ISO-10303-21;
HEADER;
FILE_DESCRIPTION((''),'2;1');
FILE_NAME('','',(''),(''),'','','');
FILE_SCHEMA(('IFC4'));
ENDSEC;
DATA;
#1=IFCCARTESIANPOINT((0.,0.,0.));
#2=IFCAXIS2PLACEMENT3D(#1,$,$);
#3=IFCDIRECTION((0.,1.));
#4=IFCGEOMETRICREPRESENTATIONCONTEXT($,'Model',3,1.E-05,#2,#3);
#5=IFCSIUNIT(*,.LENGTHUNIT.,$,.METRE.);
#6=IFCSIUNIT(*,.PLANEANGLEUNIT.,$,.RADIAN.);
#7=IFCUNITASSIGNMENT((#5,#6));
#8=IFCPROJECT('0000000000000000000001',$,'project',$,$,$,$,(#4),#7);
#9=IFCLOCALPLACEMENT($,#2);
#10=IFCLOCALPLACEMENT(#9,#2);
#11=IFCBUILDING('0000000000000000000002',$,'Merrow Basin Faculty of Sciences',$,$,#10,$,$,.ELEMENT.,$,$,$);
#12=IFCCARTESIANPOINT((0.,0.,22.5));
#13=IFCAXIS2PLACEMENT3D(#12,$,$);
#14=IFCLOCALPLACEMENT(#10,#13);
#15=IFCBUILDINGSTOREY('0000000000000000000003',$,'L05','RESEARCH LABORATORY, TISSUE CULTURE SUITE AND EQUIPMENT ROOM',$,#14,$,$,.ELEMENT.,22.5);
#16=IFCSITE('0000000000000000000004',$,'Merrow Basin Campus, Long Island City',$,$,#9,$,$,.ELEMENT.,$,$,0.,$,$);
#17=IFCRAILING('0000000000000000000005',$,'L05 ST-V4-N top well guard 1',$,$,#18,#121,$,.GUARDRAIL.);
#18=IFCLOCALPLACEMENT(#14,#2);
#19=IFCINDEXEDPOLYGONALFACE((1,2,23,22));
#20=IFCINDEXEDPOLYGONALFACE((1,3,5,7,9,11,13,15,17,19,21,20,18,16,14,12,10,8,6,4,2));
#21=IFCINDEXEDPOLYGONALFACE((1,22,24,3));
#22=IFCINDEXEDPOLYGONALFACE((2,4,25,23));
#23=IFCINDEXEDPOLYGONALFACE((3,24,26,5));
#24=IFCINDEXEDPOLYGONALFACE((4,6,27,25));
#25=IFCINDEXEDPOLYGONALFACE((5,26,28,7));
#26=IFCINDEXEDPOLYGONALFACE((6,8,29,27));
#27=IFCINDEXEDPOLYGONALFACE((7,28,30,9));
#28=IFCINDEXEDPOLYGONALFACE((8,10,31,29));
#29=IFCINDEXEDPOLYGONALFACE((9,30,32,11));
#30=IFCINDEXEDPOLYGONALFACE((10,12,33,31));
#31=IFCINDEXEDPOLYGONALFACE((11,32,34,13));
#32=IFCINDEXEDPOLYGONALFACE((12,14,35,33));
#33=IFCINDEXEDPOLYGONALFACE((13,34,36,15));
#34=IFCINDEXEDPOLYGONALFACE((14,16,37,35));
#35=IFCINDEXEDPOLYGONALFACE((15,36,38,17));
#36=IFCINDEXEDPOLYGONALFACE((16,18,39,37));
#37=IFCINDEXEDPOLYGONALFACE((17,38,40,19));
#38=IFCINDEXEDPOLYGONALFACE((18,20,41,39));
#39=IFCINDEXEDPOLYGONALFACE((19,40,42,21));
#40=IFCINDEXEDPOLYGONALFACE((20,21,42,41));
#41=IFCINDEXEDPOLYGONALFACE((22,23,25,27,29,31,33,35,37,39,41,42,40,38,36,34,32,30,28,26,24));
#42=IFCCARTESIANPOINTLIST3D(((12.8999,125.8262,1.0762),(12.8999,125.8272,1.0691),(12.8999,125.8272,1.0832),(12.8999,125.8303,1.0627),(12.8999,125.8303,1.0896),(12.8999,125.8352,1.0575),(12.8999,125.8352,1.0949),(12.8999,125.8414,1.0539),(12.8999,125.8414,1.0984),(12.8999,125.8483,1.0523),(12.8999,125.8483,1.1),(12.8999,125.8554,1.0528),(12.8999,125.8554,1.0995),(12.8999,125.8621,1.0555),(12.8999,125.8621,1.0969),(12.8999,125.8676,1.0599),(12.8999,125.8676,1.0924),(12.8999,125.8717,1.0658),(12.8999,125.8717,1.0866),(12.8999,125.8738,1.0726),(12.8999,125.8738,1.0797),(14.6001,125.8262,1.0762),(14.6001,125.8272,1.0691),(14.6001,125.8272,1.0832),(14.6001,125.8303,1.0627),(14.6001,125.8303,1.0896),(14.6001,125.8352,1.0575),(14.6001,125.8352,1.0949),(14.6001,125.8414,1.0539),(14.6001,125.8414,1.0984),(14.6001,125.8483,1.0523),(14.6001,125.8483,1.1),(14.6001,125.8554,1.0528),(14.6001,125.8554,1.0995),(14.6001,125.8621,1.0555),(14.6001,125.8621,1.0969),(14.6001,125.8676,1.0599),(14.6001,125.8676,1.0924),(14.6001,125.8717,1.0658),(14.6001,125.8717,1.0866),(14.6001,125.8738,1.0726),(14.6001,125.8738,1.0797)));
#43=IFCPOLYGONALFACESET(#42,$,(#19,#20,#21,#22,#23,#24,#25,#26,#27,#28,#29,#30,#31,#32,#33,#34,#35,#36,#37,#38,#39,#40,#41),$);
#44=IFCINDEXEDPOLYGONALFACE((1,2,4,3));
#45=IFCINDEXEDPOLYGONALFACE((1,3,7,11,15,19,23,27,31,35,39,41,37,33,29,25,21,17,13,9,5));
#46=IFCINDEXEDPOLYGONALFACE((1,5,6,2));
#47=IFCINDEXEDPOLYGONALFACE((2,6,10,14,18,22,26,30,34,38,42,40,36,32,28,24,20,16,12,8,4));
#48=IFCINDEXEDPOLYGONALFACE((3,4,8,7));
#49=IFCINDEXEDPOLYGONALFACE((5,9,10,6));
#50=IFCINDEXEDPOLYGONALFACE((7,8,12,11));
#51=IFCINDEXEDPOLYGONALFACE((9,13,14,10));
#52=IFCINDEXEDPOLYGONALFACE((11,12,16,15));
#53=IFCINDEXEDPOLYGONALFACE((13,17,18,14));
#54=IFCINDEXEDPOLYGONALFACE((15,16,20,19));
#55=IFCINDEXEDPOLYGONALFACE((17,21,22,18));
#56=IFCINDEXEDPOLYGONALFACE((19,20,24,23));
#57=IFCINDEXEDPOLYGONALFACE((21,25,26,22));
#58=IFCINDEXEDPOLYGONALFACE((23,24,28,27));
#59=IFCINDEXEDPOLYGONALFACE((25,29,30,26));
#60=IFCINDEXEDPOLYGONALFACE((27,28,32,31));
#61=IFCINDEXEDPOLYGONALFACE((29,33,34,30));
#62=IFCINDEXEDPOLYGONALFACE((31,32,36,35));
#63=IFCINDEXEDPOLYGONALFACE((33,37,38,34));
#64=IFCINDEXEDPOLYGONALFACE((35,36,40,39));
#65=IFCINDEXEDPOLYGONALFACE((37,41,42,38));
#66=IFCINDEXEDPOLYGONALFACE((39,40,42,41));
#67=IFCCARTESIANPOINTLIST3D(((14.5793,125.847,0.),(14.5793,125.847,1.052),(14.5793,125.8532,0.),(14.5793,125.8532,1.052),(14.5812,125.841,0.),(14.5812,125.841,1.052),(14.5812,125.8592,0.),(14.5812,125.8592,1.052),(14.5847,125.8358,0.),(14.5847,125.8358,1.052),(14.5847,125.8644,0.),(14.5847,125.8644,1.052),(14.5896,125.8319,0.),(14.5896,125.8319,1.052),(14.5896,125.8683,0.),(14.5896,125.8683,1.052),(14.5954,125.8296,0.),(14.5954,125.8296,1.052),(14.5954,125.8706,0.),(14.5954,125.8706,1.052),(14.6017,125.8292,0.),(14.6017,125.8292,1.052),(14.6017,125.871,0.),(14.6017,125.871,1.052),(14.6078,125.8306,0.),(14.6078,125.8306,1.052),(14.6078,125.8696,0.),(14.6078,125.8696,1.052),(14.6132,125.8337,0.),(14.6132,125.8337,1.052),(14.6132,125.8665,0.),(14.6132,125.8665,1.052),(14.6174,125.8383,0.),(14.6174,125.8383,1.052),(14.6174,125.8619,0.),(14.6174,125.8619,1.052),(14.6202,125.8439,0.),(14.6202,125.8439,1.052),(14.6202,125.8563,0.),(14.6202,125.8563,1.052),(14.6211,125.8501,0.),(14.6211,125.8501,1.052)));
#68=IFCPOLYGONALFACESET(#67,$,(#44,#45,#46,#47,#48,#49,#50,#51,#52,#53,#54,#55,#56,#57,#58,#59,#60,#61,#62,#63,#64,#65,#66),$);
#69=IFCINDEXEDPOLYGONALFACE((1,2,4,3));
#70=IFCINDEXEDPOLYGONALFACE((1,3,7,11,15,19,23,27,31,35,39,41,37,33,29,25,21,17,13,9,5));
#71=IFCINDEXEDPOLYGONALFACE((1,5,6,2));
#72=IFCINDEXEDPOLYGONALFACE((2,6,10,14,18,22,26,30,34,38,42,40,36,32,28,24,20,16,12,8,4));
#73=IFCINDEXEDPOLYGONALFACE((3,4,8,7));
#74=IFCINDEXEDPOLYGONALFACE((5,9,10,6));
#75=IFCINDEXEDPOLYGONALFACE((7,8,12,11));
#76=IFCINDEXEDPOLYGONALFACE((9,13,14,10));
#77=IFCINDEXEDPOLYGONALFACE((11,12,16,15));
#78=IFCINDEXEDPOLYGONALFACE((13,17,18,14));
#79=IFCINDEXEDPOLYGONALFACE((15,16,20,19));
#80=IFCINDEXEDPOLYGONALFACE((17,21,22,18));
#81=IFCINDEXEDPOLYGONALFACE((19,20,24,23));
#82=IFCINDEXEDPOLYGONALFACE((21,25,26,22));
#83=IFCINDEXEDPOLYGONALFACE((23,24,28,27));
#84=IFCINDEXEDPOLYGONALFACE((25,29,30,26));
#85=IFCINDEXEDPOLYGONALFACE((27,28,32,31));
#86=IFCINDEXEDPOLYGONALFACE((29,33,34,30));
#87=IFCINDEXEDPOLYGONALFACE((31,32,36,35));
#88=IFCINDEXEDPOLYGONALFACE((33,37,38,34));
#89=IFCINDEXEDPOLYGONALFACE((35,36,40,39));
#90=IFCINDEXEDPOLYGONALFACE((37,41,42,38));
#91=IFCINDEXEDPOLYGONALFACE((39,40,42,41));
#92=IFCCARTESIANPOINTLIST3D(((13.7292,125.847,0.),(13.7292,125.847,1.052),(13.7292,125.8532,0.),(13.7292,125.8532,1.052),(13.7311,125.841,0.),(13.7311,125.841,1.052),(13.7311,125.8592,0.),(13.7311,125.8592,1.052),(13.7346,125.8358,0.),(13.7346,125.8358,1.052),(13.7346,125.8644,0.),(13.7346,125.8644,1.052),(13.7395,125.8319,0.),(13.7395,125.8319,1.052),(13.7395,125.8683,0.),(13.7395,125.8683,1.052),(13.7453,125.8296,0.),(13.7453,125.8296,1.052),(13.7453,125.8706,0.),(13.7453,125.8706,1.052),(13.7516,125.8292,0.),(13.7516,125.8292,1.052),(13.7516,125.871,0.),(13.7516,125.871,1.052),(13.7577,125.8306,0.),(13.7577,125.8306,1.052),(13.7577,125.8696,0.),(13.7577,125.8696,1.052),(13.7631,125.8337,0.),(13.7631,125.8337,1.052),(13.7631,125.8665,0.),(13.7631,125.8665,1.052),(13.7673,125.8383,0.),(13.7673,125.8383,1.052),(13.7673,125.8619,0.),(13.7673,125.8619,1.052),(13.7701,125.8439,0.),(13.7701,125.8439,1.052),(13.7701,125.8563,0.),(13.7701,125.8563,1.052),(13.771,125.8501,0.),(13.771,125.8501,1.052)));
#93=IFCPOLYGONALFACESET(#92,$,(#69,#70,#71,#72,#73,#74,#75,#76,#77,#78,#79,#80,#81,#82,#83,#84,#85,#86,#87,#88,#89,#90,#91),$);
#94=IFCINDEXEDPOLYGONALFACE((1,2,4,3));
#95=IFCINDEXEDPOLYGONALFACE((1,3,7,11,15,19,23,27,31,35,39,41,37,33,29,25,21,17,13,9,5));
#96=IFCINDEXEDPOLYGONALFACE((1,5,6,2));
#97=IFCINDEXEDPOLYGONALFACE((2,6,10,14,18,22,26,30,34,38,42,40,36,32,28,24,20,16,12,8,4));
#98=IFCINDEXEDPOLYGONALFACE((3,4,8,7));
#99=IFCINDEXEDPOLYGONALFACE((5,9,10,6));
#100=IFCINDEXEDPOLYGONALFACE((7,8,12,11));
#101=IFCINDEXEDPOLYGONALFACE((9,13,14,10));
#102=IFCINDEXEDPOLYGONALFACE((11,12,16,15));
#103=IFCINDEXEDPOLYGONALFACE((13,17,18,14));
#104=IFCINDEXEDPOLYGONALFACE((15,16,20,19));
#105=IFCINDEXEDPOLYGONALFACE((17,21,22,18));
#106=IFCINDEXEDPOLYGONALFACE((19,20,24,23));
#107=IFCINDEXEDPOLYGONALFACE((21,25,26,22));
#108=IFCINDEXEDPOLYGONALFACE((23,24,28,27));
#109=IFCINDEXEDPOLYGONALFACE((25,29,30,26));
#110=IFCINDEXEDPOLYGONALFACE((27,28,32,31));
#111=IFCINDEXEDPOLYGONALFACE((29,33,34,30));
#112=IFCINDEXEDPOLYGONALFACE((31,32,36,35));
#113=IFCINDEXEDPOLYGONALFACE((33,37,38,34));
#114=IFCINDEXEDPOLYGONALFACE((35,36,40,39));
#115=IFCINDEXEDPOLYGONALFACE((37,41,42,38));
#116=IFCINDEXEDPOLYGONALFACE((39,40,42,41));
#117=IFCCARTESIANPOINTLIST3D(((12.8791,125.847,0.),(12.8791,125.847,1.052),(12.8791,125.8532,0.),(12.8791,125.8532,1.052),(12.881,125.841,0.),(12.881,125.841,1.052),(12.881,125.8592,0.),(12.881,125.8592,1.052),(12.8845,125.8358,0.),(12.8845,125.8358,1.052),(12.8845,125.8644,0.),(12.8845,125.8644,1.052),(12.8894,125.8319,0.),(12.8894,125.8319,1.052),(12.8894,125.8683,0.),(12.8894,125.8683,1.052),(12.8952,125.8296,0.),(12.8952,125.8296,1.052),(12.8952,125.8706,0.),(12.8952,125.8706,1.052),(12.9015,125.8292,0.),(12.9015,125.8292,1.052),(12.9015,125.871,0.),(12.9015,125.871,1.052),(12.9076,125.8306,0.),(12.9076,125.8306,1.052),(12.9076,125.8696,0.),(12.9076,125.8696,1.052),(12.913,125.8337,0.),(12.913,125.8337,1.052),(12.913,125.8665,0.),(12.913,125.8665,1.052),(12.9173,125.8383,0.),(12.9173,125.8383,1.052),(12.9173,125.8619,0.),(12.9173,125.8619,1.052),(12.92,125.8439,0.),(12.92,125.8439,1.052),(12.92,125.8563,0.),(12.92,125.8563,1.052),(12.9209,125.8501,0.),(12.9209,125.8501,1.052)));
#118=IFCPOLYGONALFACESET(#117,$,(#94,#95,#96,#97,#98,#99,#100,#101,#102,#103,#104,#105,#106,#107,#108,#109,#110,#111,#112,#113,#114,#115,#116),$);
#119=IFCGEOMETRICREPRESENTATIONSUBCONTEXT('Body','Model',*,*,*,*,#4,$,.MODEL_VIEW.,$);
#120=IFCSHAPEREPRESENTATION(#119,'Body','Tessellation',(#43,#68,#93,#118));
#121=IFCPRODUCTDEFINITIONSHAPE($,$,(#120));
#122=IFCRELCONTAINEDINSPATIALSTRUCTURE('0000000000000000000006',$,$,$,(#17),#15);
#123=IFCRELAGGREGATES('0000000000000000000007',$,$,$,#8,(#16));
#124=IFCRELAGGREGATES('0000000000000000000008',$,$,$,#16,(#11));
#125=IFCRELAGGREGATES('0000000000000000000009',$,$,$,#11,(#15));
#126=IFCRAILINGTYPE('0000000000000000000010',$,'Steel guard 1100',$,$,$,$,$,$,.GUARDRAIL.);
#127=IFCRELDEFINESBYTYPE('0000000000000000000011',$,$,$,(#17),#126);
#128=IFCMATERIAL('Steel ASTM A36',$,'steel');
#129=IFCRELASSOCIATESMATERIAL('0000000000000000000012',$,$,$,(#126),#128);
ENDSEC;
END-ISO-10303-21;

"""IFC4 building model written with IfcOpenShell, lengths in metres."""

from ifc_helpers import new_model, si_unit, direction, frame, origin, origin_2d, place, context, subcontext, project, spatial, circle, extrude, material, type_object, element, save


model = new_model("IFC4")

# Units and contexts
model_context = context("Model", 3, precision=1e-05, world=origin(), true_north=direction((0.0, 1.0)))
body_context = subcontext(model_context, "Body", "Model", "MODEL_VIEW")
ifc_project = project(units=[si_unit("LENGTHUNIT", "METRE"), si_unit("PLANEANGLEUNIT", "RADIAN")], contexts=[model_context])

# Site, building, storey
site_placement = place(None, origin())
site = spatial("IfcSite", under=ifc_project, at=site_placement, Name="Merrow Basin Campus, Long Island City", CompositionType="ELEMENT", RefElevation=0.0)
building_placement = place(site_placement, origin())
building = spatial("IfcBuilding", under=site, at=building_placement, Name="Merrow Basin Faculty of Sciences", CompositionType="ELEMENT")
storey_placement = place(building_placement, frame((0.0, 0.0, 22.5)))
storey = spatial("IfcBuildingStorey", under=building, at=storey_placement, Name="L05", Description="RESEARCH LABORATORY, TISSUE CULTURE SUITE AND EQUIPMENT ROOM", CompositionType="ELEMENT", Elevation=22.5)

# Railing
ifc_material_1 = material(Name="Steel ASTM A36", Category="steel")
railing_type = type_object("IfcRailingType", Name="Steel guard 1100", PredefinedType="GUARDRAIL", material=ifc_material_1)
railing_1_placement = place(storey_placement, frame((14.6001, 125.8501, 0.0)))
element("IfcRailing", 1, at=railing_1_placement, inside=storey, type_object=railing_type, Name="L05 ST-V4-N top well guard 1", PredefinedType="GUARDRAIL", context=body_context, shape_type="SweptSolid", body=[
    extrude(circle(Radius=0.0239, at=origin_2d()), frame((0.0, 0.0, 1.0762), z_axis=(-1.0, 0.0, 0.0), x_axis=(0.0, -1.0, 0.0)), (0.0, 0.0, 1.0), 1.7002),
    extrude(circle(Radius=0.021, at=origin_2d()), origin(), (0.0, 0.0, 1.0), 1.052),
    extrude(circle(Radius=0.021, at=origin_2d()), frame((-0.8501, 0.0, 0.0)), (0.0, 0.0, 1.0), 1.052),
    extrude(circle(Radius=0.021, at=origin_2d()), frame((-1.7002, 0.0, 0.0)), (0.0, 0.0, 1.0), 1.052),
])

save(model, "model.ifc")
